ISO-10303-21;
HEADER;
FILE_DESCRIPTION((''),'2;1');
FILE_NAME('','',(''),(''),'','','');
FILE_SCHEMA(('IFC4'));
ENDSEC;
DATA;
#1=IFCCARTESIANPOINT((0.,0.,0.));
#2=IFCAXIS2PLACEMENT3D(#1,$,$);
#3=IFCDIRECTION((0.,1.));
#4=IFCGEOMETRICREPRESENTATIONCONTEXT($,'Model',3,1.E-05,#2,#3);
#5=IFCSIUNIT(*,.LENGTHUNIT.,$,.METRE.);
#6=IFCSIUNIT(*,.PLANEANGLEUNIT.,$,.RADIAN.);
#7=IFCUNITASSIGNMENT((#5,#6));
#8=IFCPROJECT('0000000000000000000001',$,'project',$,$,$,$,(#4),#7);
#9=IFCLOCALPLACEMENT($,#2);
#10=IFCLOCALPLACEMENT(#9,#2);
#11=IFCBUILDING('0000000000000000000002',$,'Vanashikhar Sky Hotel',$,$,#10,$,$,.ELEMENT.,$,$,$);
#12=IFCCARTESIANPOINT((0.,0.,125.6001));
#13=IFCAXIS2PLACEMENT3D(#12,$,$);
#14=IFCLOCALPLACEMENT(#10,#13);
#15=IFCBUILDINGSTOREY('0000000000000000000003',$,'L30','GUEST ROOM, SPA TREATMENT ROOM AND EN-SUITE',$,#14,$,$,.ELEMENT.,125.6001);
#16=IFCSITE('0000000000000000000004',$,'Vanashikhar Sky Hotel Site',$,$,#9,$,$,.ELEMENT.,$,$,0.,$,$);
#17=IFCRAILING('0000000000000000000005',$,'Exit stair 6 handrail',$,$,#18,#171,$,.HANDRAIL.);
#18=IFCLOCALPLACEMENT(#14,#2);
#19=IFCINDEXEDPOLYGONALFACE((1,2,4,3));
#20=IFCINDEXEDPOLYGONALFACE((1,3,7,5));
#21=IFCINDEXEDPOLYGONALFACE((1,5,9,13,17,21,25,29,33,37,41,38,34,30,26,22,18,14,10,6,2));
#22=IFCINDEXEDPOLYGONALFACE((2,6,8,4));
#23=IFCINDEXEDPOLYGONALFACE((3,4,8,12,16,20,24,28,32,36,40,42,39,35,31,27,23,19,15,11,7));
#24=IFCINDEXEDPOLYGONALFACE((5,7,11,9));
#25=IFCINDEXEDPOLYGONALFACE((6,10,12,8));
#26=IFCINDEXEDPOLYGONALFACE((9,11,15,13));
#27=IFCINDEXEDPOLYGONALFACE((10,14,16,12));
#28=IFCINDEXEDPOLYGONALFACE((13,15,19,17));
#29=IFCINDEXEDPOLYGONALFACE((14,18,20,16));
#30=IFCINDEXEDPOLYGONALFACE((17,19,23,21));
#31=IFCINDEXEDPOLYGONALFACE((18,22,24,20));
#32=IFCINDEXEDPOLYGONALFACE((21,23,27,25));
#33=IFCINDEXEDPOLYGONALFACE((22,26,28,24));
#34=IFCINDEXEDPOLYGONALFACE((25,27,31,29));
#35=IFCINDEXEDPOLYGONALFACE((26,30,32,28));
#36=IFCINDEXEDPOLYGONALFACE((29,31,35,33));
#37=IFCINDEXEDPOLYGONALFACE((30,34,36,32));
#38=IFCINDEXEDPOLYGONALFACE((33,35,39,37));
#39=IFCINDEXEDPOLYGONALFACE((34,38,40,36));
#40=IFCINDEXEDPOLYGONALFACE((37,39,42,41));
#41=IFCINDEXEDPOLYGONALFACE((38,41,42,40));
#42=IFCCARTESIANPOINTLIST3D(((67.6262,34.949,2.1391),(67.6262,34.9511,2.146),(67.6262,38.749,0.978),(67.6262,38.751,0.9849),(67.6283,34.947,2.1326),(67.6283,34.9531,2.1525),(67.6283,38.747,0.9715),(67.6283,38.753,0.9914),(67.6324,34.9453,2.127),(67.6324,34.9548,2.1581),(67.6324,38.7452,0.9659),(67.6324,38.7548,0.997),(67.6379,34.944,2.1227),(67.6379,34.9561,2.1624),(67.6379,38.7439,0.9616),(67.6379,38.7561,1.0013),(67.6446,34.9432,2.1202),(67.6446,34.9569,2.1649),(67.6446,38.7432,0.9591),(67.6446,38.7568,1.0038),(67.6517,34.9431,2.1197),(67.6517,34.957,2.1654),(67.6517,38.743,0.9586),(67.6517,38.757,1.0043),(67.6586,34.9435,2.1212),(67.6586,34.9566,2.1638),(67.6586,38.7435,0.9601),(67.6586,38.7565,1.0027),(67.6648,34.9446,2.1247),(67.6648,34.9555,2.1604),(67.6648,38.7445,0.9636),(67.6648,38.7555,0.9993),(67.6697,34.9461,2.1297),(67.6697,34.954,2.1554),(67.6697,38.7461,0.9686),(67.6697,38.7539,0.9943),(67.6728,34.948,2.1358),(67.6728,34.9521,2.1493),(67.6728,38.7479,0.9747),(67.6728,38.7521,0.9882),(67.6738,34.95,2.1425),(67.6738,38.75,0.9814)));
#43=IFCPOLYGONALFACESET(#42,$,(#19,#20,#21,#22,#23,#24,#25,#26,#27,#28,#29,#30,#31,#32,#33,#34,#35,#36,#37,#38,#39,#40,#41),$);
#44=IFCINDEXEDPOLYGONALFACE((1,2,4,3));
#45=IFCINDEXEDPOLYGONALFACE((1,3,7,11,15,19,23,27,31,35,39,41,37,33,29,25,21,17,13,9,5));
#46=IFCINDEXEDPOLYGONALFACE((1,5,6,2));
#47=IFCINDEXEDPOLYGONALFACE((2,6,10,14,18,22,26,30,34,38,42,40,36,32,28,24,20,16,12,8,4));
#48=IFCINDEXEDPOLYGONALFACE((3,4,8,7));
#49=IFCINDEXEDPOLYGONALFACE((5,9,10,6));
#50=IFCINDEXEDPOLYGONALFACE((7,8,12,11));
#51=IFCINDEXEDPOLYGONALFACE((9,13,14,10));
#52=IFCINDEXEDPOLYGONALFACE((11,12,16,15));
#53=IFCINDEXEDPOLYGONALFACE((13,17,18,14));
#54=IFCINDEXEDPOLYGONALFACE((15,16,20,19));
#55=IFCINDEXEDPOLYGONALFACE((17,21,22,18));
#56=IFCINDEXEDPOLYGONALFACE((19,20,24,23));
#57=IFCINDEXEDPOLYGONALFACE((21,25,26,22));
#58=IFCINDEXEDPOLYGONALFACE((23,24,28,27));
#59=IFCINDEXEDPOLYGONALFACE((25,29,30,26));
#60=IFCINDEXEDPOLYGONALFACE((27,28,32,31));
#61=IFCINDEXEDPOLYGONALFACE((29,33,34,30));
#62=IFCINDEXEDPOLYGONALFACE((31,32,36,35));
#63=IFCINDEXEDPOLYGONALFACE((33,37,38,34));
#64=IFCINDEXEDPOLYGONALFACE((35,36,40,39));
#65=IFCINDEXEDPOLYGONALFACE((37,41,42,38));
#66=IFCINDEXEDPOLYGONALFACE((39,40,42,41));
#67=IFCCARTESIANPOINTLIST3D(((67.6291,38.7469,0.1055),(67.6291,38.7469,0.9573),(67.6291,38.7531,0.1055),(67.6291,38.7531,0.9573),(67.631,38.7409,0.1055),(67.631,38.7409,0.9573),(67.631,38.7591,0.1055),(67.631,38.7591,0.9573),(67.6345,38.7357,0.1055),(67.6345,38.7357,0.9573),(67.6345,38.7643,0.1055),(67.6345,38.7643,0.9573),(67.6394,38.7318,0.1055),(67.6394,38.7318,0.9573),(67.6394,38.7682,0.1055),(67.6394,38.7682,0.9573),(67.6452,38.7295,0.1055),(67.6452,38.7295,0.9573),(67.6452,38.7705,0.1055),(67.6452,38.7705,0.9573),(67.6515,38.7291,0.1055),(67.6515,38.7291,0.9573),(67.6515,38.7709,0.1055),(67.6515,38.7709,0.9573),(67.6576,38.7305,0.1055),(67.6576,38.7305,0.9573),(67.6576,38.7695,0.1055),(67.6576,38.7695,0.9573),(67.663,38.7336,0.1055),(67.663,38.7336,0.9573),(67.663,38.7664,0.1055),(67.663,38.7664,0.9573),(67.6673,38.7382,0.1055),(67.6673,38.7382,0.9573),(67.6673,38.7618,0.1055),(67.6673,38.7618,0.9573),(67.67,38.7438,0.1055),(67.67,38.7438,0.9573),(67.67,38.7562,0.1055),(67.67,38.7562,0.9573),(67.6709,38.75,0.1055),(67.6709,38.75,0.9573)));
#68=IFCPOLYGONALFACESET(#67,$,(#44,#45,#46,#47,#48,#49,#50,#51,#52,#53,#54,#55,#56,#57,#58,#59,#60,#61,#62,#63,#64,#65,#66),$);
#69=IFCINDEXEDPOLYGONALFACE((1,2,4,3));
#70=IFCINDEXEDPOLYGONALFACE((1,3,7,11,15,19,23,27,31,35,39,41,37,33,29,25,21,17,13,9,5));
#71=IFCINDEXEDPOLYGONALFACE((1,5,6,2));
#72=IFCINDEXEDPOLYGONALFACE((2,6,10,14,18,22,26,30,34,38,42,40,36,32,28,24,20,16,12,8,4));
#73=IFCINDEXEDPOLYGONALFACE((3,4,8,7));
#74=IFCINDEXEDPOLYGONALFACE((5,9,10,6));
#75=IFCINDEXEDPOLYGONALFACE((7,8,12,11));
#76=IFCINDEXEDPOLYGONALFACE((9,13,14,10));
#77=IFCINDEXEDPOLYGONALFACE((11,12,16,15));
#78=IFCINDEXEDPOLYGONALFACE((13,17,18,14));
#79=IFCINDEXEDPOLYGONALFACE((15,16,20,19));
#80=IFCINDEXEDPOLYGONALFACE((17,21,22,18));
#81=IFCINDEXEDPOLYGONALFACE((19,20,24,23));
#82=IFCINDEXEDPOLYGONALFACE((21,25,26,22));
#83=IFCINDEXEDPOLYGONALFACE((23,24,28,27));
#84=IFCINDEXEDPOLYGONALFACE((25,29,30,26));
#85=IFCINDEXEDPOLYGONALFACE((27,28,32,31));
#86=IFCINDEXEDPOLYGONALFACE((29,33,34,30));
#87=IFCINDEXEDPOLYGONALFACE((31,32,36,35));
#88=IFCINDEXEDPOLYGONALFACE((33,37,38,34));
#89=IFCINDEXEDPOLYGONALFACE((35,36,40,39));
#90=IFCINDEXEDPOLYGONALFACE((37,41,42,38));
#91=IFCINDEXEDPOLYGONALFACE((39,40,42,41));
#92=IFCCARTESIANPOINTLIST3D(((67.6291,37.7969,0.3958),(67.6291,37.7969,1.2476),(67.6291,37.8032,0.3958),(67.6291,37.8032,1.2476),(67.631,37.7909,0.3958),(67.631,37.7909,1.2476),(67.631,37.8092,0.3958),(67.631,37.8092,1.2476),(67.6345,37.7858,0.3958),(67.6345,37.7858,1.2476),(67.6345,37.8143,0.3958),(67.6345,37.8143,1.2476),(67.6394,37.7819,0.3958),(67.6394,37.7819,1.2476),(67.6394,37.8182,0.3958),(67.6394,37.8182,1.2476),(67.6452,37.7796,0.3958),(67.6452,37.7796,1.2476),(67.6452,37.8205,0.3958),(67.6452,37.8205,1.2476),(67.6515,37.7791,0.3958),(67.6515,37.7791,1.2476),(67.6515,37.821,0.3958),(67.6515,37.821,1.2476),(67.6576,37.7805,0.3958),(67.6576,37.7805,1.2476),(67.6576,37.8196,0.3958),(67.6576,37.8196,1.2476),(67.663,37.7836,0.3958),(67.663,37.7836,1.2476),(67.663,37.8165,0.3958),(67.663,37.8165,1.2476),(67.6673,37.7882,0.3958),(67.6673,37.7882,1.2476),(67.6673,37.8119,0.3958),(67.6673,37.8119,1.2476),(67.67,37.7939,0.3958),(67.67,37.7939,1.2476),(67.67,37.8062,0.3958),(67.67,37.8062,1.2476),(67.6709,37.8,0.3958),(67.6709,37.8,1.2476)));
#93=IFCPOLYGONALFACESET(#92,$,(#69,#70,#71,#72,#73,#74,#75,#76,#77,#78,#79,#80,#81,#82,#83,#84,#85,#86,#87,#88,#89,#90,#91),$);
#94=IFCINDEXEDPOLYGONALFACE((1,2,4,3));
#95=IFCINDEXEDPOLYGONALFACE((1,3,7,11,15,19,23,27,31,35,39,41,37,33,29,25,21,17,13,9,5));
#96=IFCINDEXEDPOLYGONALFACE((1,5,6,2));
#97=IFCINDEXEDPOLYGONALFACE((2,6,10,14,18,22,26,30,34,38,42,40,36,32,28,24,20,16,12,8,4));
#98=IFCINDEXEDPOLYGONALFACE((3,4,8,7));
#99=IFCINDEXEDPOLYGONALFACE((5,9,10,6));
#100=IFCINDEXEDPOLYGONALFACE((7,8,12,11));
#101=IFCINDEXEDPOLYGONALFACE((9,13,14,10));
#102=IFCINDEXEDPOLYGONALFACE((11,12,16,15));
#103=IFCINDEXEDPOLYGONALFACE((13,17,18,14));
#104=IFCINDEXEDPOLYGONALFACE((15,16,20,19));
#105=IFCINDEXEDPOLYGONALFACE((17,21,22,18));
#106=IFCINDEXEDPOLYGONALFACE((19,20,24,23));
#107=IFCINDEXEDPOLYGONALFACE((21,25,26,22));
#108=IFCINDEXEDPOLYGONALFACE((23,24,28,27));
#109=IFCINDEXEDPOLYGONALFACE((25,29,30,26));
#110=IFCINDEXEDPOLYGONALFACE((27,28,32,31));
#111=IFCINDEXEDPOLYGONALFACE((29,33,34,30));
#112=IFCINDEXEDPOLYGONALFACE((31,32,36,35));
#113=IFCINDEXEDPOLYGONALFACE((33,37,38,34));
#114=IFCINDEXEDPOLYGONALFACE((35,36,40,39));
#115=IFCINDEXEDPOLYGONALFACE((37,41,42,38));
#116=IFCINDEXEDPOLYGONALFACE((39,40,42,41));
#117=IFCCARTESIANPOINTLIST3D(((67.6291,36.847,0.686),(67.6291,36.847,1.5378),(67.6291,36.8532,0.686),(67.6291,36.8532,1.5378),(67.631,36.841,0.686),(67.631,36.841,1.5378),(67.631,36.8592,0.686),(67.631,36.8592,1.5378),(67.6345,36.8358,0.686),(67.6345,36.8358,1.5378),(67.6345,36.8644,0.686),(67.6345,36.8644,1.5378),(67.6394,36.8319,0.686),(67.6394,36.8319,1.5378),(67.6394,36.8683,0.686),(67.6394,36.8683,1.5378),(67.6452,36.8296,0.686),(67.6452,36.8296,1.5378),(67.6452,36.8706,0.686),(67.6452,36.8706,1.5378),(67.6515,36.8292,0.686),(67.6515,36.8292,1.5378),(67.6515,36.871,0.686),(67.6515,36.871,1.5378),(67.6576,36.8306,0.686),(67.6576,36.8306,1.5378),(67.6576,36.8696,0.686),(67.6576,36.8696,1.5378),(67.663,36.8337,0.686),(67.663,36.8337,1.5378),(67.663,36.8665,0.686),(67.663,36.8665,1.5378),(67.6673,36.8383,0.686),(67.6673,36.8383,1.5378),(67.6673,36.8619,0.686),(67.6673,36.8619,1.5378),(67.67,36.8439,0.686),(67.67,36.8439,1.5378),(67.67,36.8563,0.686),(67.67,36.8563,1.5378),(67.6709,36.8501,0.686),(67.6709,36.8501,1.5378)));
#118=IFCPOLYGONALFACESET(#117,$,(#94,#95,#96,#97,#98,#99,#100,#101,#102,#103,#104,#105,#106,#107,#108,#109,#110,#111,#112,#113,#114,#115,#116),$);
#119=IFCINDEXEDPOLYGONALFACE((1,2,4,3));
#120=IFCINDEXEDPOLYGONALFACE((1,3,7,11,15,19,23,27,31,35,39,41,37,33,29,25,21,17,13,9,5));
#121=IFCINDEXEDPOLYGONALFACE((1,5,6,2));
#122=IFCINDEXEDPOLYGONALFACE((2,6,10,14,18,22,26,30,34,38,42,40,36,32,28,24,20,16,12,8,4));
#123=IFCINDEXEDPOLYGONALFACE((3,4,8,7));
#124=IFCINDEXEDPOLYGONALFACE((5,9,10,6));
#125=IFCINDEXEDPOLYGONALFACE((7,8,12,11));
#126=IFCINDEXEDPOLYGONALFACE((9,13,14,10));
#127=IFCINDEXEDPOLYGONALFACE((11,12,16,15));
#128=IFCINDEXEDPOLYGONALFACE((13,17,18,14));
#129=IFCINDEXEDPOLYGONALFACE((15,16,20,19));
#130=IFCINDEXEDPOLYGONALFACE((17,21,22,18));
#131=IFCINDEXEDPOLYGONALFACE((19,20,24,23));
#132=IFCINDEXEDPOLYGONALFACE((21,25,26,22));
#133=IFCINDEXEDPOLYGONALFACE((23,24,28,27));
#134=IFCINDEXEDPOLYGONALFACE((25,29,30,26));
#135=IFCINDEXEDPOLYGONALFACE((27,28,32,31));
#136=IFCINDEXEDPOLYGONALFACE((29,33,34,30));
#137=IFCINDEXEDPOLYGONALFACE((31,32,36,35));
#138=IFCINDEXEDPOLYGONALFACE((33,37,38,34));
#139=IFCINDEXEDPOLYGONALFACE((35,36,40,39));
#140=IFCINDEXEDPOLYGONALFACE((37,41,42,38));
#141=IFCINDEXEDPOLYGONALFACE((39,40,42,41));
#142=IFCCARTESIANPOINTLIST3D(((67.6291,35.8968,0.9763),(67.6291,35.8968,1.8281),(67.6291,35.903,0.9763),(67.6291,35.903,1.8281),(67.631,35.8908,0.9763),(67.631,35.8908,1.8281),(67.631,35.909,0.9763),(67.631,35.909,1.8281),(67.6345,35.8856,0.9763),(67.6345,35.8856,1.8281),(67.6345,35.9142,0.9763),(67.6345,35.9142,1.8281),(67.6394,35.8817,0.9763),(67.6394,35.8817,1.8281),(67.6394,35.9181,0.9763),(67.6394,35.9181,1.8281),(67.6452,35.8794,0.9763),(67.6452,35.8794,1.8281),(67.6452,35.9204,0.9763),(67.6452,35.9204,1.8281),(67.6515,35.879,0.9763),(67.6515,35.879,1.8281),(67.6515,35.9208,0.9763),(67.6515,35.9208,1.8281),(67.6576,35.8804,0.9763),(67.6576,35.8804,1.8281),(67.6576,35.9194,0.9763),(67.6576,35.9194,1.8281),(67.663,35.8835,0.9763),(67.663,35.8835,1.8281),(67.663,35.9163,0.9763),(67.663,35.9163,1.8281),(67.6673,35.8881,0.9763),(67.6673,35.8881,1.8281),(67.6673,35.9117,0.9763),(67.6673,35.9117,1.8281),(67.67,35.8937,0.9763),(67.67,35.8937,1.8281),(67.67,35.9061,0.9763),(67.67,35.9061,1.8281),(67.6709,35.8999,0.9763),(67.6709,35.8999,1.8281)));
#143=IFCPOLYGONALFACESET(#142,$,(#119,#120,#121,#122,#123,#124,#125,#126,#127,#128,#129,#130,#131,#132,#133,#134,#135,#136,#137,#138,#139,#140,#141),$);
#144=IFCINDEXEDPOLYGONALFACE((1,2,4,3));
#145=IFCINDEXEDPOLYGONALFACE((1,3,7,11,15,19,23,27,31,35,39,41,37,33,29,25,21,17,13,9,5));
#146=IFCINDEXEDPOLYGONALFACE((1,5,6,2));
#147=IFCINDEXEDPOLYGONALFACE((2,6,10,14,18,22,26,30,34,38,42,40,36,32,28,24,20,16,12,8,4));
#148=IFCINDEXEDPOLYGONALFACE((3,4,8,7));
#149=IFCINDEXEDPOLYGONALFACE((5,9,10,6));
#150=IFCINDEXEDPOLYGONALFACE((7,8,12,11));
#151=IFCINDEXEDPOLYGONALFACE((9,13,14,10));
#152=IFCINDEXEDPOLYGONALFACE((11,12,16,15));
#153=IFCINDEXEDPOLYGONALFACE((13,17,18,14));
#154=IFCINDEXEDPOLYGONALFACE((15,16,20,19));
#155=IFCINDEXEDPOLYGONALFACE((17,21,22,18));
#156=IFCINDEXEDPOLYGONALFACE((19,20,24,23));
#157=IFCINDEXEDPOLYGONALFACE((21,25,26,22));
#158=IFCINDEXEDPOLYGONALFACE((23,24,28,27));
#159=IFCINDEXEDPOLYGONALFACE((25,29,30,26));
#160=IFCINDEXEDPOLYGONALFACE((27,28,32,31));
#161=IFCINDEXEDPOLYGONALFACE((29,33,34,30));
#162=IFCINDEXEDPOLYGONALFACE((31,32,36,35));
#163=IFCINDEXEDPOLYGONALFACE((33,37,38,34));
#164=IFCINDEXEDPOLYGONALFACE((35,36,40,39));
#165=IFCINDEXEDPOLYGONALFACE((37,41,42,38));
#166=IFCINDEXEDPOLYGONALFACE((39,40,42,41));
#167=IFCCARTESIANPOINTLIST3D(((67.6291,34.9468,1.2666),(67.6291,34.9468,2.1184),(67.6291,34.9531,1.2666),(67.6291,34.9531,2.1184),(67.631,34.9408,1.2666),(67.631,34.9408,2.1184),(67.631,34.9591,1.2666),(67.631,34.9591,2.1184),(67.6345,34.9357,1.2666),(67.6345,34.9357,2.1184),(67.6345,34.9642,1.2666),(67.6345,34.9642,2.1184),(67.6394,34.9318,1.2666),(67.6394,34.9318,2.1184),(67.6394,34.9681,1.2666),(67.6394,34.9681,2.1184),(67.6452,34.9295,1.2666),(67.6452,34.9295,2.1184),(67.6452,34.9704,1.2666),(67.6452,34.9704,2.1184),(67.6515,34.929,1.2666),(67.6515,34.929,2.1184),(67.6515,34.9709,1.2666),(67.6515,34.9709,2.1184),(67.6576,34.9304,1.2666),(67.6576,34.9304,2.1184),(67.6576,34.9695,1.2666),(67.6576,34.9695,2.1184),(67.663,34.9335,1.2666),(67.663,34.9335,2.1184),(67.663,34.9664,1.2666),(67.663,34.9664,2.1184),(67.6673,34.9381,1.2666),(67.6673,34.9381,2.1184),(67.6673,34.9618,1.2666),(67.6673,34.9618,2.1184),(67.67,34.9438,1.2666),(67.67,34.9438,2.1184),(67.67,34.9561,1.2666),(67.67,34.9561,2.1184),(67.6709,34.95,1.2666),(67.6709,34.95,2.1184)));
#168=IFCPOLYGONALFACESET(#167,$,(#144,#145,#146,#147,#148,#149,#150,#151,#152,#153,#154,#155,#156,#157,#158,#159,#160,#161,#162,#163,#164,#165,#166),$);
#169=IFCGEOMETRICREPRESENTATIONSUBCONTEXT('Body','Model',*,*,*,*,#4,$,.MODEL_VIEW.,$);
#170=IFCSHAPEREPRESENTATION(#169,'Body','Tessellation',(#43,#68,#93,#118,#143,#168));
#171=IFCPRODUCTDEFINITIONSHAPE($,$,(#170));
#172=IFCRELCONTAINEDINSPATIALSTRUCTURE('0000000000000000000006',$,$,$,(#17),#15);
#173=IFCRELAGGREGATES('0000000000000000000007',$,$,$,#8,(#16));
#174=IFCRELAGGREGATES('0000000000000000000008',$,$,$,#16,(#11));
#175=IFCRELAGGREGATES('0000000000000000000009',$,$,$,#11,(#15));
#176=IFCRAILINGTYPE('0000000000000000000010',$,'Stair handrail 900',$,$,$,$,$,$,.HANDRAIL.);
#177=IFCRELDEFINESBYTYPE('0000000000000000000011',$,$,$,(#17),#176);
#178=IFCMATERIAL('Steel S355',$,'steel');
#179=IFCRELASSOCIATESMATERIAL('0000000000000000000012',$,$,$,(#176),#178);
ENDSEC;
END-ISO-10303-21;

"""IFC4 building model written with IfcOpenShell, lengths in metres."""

from ifc_helpers import new_model, si_unit, direction, frame, origin, origin_2d, place, context, subcontext, project, spatial, circle, extrude, source, transform, mapped, material, type_object, element, save


model = new_model("IFC4")

# Units and contexts
model_context = context("Model", 3, precision=1e-05, world=origin(), true_north=direction((0.0, 1.0)))
body_context = subcontext(model_context, "Body", "Model", "MODEL_VIEW")
ifc_project = project(units=[si_unit("LENGTHUNIT", "METRE"), si_unit("PLANEANGLEUNIT", "RADIAN")], contexts=[model_context])

# Site, building, storey
site_placement = place(None, origin())
site = spatial("IfcSite", under=ifc_project, at=site_placement, Name="Vanashikhar Sky Hotel Site", CompositionType="ELEMENT", RefElevation=0.0)
building_placement = place(site_placement, origin())
building = spatial("IfcBuilding", under=site, at=building_placement, Name="Vanashikhar Sky Hotel", CompositionType="ELEMENT")
storey_placement = place(building_placement, frame((0.0, 0.0, 125.6001)))
storey = spatial("IfcBuildingStorey", under=building, at=storey_placement, Name="L30", Description="GUEST ROOM, SPA TREATMENT ROOM AND EN-SUITE", CompositionType="ELEMENT", Elevation=125.6001)

# Railing
ifc_material_1 = material(Name="Steel S355", Category="steel")
railing_type_1 = type_object("IfcRailingType", Name="Stair handrail 900", PredefinedType="HANDRAIL", material=ifc_material_1)
shared_shape_1 = source(origin(), body_context, "Body", "SweptSolid", [
    extrude(circle(Radius=0.0239, at=origin_2d()), frame((0.0, 0.0, 0.876), z_axis=(0.0, -0.956351, 0.29222), x_axis=(1.0, 0.0, 0.0)), (0.0, 0.0, 1.0), 3.9734),
    extrude(circle(Radius=0.021, at=origin_2d()), origin(), (0.0, 0.0, 1.0), 0.8518),
    extrude(circle(Radius=0.021, at=origin_2d()), frame((0.0, -0.95, 0.2903)), (0.0, 0.0, 1.0), 0.8518),
    extrude(circle(Radius=0.021, at=origin_2d()), frame((0.0, -1.8999, 0.5806)), (0.0, 0.0, 1.0), 0.8518),
    extrude(circle(Radius=0.021, at=origin_2d()), frame((0.0, -2.8501, 0.8708)), (0.0, 0.0, 1.0), 0.8518),
    extrude(circle(Radius=0.021, at=origin_2d()), frame((0.0, -3.8, 1.1611)), (0.0, 0.0, 1.0), 0.8518),
])
for number, where, name in (
    (1, (67.6499, 38.75, 0.1055), "Exit stair 6 handrail"),
):
    element("IfcRailing", number, at=place(storey_placement, frame(where)), inside=storey, type_object=railing_type_1, Name=name, PredefinedType="HANDRAIL", context=body_context, shape_type="MappedRepresentation", body=[
        mapped(shared_shape_1, transform((0.0, 0.0, 0.0), scale=1.0)),
    ])

save(model, "model.ifc")
